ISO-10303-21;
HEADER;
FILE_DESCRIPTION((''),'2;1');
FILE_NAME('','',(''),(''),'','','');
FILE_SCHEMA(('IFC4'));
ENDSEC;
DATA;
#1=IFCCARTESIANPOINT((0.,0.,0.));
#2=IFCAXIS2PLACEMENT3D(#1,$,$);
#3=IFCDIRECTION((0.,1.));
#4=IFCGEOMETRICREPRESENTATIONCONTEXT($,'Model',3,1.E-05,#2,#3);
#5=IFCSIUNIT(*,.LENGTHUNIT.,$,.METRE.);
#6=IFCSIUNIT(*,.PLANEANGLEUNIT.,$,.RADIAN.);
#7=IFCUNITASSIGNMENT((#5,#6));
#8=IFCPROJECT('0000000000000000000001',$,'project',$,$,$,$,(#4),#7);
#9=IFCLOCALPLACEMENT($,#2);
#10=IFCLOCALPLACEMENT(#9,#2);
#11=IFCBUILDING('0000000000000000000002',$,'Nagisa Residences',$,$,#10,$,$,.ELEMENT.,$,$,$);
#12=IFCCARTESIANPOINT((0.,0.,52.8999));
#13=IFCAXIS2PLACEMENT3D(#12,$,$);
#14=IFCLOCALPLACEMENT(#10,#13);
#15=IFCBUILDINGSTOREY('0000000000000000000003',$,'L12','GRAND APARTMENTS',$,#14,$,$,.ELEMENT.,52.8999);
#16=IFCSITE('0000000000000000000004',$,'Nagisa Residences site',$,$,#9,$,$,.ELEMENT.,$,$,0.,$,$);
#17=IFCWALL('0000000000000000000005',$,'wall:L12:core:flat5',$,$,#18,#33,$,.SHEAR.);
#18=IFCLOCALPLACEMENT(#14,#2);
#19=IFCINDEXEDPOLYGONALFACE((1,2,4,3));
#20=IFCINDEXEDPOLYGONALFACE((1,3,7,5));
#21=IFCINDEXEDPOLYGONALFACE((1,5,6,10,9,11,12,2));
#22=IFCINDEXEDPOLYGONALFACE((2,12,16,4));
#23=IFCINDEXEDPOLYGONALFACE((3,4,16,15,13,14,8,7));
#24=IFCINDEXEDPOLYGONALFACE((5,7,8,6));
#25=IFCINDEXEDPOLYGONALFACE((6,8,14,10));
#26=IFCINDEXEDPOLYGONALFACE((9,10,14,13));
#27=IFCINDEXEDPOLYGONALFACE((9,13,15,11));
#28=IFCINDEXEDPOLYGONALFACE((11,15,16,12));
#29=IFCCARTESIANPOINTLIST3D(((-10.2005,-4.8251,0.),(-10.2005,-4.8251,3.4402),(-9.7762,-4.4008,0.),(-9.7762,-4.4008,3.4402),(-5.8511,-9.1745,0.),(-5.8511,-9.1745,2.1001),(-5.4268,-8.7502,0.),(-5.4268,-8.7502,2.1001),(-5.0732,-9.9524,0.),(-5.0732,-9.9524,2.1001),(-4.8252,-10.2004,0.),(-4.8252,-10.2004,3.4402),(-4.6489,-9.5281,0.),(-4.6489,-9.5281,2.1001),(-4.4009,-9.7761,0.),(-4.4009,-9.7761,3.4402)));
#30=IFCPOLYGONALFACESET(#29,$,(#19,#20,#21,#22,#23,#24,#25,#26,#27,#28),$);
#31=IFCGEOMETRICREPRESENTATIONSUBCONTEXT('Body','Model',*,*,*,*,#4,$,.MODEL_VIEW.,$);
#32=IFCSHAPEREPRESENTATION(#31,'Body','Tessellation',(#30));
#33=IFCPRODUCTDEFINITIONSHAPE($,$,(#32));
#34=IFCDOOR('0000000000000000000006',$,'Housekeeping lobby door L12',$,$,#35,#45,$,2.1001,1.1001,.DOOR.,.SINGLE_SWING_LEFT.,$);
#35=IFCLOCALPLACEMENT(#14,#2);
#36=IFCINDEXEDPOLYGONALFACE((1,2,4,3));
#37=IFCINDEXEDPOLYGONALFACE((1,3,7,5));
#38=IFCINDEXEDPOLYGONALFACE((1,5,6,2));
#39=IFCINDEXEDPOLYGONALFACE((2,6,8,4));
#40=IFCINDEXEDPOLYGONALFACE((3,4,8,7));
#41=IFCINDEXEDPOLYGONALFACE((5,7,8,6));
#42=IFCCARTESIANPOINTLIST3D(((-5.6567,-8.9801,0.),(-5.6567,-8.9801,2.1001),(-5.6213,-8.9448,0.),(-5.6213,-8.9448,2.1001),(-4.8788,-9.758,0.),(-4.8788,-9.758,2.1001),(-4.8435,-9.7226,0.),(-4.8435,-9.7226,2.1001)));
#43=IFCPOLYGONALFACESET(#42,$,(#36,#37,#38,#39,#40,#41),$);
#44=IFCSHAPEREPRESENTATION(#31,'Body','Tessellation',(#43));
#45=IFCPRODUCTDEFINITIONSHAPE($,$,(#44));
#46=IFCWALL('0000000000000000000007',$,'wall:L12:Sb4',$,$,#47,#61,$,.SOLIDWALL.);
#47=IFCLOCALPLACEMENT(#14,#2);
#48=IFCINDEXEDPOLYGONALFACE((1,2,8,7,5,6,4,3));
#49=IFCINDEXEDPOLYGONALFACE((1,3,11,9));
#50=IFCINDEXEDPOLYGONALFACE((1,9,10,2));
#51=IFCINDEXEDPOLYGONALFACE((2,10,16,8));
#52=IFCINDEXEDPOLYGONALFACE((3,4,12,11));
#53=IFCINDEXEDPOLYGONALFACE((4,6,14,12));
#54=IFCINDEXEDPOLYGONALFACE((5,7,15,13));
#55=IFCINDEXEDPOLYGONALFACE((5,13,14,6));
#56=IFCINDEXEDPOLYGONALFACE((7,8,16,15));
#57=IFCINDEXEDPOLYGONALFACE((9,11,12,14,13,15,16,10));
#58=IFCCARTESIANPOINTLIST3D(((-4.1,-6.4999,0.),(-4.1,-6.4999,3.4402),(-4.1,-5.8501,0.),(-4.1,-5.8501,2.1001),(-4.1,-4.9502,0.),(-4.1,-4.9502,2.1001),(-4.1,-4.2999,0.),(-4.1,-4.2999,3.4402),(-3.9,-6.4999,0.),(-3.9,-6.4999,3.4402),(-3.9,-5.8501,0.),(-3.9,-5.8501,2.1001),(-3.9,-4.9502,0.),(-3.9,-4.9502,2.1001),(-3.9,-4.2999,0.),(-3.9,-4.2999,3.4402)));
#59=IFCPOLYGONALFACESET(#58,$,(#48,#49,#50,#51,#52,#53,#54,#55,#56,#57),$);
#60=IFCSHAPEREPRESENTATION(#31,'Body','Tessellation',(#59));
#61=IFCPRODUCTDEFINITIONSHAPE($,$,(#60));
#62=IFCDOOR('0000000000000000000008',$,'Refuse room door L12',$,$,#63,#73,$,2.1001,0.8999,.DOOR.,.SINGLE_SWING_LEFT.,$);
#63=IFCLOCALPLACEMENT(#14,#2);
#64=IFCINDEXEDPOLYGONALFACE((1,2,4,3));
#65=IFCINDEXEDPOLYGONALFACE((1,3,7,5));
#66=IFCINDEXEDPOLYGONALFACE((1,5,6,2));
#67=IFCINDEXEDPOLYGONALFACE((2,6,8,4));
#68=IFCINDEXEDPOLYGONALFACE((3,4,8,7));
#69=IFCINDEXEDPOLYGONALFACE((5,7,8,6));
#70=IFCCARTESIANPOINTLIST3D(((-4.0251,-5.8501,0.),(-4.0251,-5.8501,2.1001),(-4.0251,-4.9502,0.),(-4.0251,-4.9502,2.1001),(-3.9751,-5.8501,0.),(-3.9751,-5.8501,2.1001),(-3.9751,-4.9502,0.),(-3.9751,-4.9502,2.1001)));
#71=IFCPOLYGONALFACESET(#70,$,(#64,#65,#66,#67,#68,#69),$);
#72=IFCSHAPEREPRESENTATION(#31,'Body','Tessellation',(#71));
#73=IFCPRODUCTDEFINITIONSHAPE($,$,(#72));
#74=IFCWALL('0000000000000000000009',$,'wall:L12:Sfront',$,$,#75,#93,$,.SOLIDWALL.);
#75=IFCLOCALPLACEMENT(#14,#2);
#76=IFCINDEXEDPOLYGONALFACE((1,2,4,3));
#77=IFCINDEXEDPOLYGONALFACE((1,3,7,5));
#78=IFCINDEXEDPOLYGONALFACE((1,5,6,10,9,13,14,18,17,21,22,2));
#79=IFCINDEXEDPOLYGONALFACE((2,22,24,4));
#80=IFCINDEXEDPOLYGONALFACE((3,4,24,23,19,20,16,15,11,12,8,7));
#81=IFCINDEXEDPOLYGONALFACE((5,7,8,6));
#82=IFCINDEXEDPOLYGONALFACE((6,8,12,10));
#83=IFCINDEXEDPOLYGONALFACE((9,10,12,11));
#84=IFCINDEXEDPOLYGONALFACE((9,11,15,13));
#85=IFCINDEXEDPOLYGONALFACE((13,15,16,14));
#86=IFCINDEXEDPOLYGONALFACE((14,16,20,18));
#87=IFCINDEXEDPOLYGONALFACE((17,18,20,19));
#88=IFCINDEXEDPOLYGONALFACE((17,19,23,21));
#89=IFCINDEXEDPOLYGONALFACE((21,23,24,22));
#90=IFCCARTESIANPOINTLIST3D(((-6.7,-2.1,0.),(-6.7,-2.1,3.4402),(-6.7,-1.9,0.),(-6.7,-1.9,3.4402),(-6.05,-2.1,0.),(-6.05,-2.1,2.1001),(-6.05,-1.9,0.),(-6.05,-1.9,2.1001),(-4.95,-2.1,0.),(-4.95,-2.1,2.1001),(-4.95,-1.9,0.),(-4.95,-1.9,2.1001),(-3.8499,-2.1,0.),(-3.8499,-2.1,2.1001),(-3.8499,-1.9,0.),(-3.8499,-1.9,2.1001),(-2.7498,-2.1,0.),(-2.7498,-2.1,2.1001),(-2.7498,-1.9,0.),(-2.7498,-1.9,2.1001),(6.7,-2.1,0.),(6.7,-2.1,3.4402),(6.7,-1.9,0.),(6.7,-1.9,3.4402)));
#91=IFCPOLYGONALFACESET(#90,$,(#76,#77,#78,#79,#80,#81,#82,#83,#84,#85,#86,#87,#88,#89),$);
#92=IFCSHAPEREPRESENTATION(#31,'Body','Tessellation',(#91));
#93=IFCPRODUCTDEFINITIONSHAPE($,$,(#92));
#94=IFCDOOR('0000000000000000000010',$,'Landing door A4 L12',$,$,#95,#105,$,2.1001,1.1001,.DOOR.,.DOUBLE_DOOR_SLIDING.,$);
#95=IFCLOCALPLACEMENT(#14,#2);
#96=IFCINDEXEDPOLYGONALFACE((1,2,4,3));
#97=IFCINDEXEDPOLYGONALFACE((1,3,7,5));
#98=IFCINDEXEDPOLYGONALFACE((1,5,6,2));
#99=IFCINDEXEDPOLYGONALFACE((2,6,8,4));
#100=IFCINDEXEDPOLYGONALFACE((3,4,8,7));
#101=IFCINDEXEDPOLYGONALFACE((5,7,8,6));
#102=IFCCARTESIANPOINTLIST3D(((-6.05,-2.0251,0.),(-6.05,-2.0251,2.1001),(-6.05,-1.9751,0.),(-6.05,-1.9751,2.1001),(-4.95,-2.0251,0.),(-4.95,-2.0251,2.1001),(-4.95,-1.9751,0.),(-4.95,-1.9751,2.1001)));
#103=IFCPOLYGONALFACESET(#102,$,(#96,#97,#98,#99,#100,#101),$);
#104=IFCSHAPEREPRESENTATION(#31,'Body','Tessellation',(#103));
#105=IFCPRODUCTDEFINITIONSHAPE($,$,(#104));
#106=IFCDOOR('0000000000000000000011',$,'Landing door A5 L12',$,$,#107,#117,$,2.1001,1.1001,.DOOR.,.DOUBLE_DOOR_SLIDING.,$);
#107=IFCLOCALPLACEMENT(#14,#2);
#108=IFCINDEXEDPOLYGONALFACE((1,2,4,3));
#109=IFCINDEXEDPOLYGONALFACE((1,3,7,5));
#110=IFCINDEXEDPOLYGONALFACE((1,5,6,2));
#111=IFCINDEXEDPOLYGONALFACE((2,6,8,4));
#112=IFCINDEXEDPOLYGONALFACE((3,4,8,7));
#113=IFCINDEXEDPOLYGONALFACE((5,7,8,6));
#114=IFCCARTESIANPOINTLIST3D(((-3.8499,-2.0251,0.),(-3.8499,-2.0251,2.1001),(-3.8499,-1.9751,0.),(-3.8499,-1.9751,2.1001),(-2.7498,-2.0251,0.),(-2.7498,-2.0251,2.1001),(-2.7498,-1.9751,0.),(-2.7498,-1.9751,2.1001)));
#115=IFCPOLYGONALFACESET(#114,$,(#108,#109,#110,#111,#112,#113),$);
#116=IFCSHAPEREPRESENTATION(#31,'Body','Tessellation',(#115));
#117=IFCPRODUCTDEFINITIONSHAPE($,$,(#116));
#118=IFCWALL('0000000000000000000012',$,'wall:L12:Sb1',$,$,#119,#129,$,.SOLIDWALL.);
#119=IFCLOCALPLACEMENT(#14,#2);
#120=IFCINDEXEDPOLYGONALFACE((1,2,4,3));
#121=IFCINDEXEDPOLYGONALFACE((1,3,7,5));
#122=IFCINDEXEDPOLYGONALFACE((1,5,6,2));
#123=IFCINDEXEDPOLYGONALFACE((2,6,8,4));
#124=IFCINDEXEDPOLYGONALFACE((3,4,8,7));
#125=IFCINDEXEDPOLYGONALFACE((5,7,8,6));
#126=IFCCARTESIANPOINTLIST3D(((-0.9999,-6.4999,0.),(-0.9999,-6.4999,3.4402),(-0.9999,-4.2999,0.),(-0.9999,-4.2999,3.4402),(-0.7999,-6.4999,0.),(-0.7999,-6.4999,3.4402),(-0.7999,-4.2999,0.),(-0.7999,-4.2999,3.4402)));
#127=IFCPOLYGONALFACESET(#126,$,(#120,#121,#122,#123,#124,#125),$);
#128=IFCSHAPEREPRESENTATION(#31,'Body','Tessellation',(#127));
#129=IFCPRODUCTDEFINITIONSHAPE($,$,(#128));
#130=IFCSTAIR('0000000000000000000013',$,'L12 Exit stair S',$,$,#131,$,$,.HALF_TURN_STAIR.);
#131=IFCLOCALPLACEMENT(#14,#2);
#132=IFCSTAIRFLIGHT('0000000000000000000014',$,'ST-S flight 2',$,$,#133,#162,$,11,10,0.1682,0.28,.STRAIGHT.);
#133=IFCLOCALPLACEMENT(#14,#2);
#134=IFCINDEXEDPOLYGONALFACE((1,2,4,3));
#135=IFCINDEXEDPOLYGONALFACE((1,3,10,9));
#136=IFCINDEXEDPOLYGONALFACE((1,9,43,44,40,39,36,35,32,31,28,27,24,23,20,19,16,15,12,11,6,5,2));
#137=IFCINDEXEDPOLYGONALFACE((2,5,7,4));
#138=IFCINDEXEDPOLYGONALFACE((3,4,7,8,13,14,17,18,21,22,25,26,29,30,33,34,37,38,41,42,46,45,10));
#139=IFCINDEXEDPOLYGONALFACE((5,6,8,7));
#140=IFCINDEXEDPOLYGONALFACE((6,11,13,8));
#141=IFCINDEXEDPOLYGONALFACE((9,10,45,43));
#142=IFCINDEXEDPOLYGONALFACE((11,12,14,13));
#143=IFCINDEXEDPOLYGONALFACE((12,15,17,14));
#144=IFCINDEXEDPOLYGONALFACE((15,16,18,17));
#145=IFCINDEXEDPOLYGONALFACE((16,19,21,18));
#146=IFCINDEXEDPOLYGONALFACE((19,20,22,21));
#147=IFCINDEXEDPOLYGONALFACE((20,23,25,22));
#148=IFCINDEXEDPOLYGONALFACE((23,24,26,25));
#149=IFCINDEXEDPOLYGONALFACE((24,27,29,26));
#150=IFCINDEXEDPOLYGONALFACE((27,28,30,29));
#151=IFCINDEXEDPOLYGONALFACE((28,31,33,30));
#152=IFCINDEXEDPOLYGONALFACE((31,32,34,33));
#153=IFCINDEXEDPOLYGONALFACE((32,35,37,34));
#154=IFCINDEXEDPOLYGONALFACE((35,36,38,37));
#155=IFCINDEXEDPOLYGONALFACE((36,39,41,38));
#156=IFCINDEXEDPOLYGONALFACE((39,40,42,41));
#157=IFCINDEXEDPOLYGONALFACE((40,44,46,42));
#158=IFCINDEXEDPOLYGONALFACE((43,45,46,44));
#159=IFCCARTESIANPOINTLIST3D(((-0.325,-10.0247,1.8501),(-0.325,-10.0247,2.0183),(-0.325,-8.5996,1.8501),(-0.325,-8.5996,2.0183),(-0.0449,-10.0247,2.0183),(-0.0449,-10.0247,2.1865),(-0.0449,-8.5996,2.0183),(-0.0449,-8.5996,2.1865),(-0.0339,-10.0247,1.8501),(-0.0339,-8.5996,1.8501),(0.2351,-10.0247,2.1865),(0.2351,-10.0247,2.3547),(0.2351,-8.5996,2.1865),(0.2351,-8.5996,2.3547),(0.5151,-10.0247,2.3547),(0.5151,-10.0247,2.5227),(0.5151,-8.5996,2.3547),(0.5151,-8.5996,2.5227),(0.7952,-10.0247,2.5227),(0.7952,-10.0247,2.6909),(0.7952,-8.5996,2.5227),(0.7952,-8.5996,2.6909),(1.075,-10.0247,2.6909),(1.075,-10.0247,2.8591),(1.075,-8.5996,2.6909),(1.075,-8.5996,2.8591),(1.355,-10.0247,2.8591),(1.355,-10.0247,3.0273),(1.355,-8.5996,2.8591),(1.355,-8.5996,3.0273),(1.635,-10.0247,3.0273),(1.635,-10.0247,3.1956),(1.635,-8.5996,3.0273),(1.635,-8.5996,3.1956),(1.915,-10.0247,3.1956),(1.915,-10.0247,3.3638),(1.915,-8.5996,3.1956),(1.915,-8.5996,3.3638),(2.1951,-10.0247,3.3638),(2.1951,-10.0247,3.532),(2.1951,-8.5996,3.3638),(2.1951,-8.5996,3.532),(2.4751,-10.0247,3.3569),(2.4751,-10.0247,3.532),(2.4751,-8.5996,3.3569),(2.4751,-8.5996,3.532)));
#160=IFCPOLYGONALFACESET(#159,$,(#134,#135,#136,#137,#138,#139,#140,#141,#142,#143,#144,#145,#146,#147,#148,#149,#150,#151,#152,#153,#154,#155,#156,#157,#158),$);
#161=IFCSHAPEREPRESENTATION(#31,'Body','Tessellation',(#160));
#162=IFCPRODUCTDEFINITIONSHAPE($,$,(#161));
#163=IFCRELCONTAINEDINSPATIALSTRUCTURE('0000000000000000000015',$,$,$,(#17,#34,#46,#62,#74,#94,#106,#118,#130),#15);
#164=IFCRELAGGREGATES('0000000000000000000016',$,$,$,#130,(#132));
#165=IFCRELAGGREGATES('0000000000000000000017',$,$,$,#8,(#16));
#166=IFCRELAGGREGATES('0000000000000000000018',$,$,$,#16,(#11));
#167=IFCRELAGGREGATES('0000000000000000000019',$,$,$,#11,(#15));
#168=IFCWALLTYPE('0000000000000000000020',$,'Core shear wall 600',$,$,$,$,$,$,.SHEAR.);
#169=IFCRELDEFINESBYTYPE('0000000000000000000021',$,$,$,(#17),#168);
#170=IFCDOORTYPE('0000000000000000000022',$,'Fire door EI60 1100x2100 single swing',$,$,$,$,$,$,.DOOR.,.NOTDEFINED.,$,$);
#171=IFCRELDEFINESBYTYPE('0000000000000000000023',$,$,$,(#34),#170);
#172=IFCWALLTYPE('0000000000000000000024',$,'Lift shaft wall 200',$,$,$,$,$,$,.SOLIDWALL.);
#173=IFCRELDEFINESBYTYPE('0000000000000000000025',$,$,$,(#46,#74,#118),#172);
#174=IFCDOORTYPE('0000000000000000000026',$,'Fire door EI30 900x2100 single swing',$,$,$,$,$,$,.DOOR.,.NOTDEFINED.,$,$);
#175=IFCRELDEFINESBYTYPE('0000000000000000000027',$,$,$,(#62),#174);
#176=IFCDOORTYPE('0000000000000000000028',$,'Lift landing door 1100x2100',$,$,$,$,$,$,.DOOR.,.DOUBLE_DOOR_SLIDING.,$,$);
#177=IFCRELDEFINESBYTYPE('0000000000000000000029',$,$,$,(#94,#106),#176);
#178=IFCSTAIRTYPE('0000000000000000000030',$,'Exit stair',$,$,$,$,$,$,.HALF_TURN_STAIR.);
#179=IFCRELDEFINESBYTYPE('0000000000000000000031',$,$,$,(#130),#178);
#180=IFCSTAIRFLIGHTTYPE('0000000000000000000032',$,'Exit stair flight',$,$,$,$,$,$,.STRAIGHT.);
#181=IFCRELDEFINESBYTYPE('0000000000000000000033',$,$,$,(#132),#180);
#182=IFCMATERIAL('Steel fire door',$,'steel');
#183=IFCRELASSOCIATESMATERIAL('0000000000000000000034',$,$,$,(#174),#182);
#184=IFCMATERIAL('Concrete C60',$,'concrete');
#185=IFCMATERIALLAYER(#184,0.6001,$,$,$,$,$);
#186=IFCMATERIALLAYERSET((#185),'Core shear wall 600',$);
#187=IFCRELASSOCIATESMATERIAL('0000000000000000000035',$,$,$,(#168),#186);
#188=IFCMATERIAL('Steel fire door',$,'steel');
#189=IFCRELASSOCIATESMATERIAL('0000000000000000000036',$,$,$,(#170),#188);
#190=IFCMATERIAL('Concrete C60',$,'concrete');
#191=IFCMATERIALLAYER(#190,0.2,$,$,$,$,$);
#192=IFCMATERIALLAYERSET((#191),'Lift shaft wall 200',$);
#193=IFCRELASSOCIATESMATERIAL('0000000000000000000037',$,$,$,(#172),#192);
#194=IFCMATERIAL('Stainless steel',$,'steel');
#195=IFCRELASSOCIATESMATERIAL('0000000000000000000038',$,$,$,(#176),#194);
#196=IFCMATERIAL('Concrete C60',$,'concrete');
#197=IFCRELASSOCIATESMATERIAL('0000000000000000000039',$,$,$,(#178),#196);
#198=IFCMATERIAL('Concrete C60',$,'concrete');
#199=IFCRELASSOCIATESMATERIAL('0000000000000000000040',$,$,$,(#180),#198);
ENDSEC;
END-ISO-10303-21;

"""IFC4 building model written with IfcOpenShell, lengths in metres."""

from ifc_helpers import new_model, si_unit, direction, frame, frame_2d, origin, place, context, subcontext, project, spatial, polyline, rectangle, outline, extrude, material, layer, layer_set, type_object, element, fill, aggregate, save


model = new_model("IFC4")

# Units and contexts
model_context = context("Model", 3, precision=1e-05, world=origin(), true_north=direction((0.0, 1.0)))
body_context = subcontext(model_context, "Body", "Model", "MODEL_VIEW")
ifc_project = project(units=[si_unit("LENGTHUNIT", "METRE"), si_unit("PLANEANGLEUNIT", "RADIAN")], contexts=[model_context])

# Site, building, storey
site_placement = place(None, origin())
site = spatial("IfcSite", under=ifc_project, at=site_placement, Name="Nagisa Residences site", CompositionType="ELEMENT", RefElevation=0.0)
building_placement = place(site_placement, origin())
building = spatial("IfcBuilding", under=site, at=building_placement, Name="Nagisa Residences", CompositionType="ELEMENT")
storey_placement = place(building_placement, frame((0.0, 0.0, 52.8999)))
storey = spatial("IfcBuildingStorey", under=building, at=storey_placement, Name="L12", Description="GRAND APARTMENTS", CompositionType="ELEMENT", Elevation=52.8999)

# Shared definitions
ifc_material_1 = material(Name="Steel fire door", Category="steel")
door_type_1 = type_object("IfcDoorType", Name="Fire door EI30 900x2100 single swing", OperationType="NOTDEFINED", PredefinedType="DOOR", material=ifc_material_1)

# Walls, openings, doors
ifc_material_2 = material(Name="Concrete C60", Category="concrete")
ifc_layer_1 = layer(ifc_material_2, 0.6001)
ifc_layer_set_1 = layer_set([ifc_layer_1], Name="Core shear wall 600")
wall_type_1 = type_object("IfcWallType", Name="Core shear wall 600", PredefinedType="SHEAR", material=ifc_layer_set_1)
wall_1_placement = place(storey_placement, frame((-9.9883, -4.613, 0.0), z_axis=(0.0, 0.0, 1.0), x_axis=(0.707107, -0.707107, 0.0)))
wall_1 = element("IfcWall", 1, at=wall_1_placement, inside=storey, type_object=wall_type_1, Name="wall:L12:core:flat5", PredefinedType="SHEAR", context=body_context, shape_type="SweptSolid", body=[
    extrude(rectangle(XDim=7.6018, YDim=0.6001, at=frame_2d((3.8008, 0.0))), origin(), (0.0, 0.0, 1.0), 3.4402),
])
opening_1_placement = place(wall_1_placement, frame((6.1509, 0.0, 0.0)))
opening_1 = element("IfcOpeningElement", 2, at=opening_1_placement, cuts=wall_1, PredefinedType="OPENING", context=body_context, shape_type="SweptSolid", body=[
    extrude(rectangle(XDim=1.1001, YDim=2.1001, at=frame_2d((0.55, 1.05))), frame((0.0, 0.3101, 0.0), z_axis=(0.0, -1.0, 0.0), x_axis=(1.0, 0.0, 0.0)), (0.0, 0.0, 1.0), 0.6201),
])
ifc_material_3 = material(Name="Steel fire door", Category="steel")
door_type_2 = type_object("IfcDoorType", Name="Fire door EI60 1100x2100 single swing", OperationType="NOTDEFINED", PredefinedType="DOOR", material=ifc_material_3)
door_1_placement = place(opening_1_placement, origin())
door_1 = element("IfcDoor", 3, at=door_1_placement, inside=storey, type_object=door_type_2, Name="Housekeeping lobby door L12", OperationType="SINGLE_SWING_LEFT", OverallHeight=2.1001, OverallWidth=1.1001, PredefinedType="DOOR", context=body_context, shape_type="SweptSolid", body=[
    extrude(rectangle(XDim=1.1001, YDim=2.1001, at=frame_2d((0.55, 1.05))), frame((0.0, 0.0249, 0.0), z_axis=(0.0, -1.0, 0.0), x_axis=(1.0, 0.0, 0.0)), (0.0, 0.0, 1.0), 0.05),
])
fill(opening_1, door_1)
ifc_material_4 = material(Name="Concrete C60", Category="concrete")
ifc_layer_2 = layer(ifc_material_4, 0.2)
ifc_layer_set_2 = layer_set([ifc_layer_2], Name="Lift shaft wall 200")
wall_type_2 = type_object("IfcWallType", Name="Lift shaft wall 200", PredefinedType="SOLIDWALL", material=ifc_layer_set_2)
wall_2_placement = place(storey_placement, frame((-4.0, -6.5, 0.0), z_axis=(0.0, 0.0, 1.0), x_axis=(0.0, 1.0, 0.0)))
wall_2 = element("IfcWall", 4, at=wall_2_placement, inside=storey, type_object=wall_type_2, Name="wall:L12:Sb4", PredefinedType="SOLIDWALL", context=body_context, shape_type="SweptSolid", body=[
    extrude(rectangle(XDim=2.2, YDim=0.2, at=frame_2d((1.1001, 0.0))), origin(), (0.0, 0.0, 1.0), 3.4402),
])
opening_2_placement = place(wall_2_placement, frame((0.6499, 0.0, 0.0)))
opening_2 = element("IfcOpeningElement", 5, at=opening_2_placement, cuts=wall_2, PredefinedType="OPENING", context=body_context, shape_type="SweptSolid", body=[
    extrude(rectangle(XDim=0.8999, YDim=2.1001, at=frame_2d((0.45, 1.05))), frame((0.0, 0.1099, 0.0), z_axis=(0.0, -1.0, 0.0), x_axis=(1.0, 0.0, 0.0)), (0.0, 0.0, 1.0), 0.22),
])
door_2_placement = place(opening_2_placement, frame((0.8999, 0.0, 0.0), x_axis=(-1.0, 0.0, 0.0)))
door_2 = element("IfcDoor", 6, at=door_2_placement, inside=storey, type_object=door_type_1, Name="Refuse room door L12", OperationType="SINGLE_SWING_LEFT", OverallHeight=2.1001, OverallWidth=0.8999, PredefinedType="DOOR", context=body_context, shape_type="SweptSolid", body=[
    extrude(rectangle(XDim=0.8999, YDim=2.1001, at=frame_2d((0.45, 1.05))), frame((0.0, 0.0249, 0.0), z_axis=(0.0, -1.0, 0.0), x_axis=(1.0, 0.0, 0.0)), (0.0, 0.0, 1.0), 0.05),
])
fill(opening_2, door_2)

# Wall, openings, doors
wall_3_placement = place(storey_placement, frame((-6.7, -2.0, 0.0), z_axis=(0.0, 0.0, 1.0), x_axis=(1.0, 0.0, 0.0)))
wall_3 = element("IfcWall", 7, at=wall_3_placement, inside=storey, type_object=wall_type_2, Name="wall:L12:Sfront", PredefinedType="SOLIDWALL", context=body_context, shape_type="SweptSolid", body=[
    extrude(rectangle(XDim=13.3999, YDim=0.2, at=frame_2d((6.7, 0.0))), origin(), (0.0, 0.0, 1.0), 3.4402),
])
opening_3_placement = place(wall_3_placement, frame((0.6499, 0.0, 0.0)))
opening_3 = element("IfcOpeningElement", 8, at=opening_3_placement, cuts=wall_3, PredefinedType="OPENING", context=body_context, shape_type="SweptSolid", body=[
    extrude(rectangle(XDim=1.1001, YDim=2.1001, at=frame_2d((0.55, 1.05))), frame((0.0, 0.1099, 0.0), z_axis=(0.0, -1.0, 0.0), x_axis=(1.0, 0.0, 0.0)), (0.0, 0.0, 1.0), 0.22),
])
opening_4_placement = place(wall_3_placement, frame((2.8501, 0.0, 0.0)))
opening_4 = element("IfcOpeningElement", 9, at=opening_4_placement, cuts=wall_3, PredefinedType="OPENING", context=body_context, shape_type="SweptSolid", body=[
    extrude(rectangle(XDim=1.1001, YDim=2.1001, at=frame_2d((0.55, 1.05))), frame((0.0, 0.1099, 0.0), z_axis=(0.0, -1.0, 0.0), x_axis=(1.0, 0.0, 0.0)), (0.0, 0.0, 1.0), 0.22),
])
ifc_material_5 = material(Name="Stainless steel", Category="steel")
door_type_3 = type_object("IfcDoorType", Name="Lift landing door 1100x2100", OperationType="DOUBLE_DOOR_SLIDING", PredefinedType="DOOR", material=ifc_material_5)
door_3_placement = place(opening_3_placement, origin())
door_3 = element("IfcDoor", 10, at=door_3_placement, inside=storey, type_object=door_type_3, Name="Landing door A4 L12", OperationType="DOUBLE_DOOR_SLIDING", OverallHeight=2.1001, OverallWidth=1.1001, PredefinedType="DOOR", context=body_context, shape_type="SweptSolid", body=[
    extrude(rectangle(XDim=1.1001, YDim=2.1001, at=frame_2d((0.55, 1.05))), frame((0.0, 0.0249, 0.0), z_axis=(0.0, -1.0, 0.0), x_axis=(1.0, 0.0, 0.0)), (0.0, 0.0, 1.0), 0.05),
])
fill(opening_3, door_3)
door_4_placement = place(opening_4_placement, origin())
door_4 = element("IfcDoor", 11, at=door_4_placement, inside=storey, type_object=door_type_3, Name="Landing door A5 L12", OperationType="DOUBLE_DOOR_SLIDING", OverallHeight=2.1001, OverallWidth=1.1001, PredefinedType="DOOR", context=body_context, shape_type="SweptSolid", body=[
    extrude(rectangle(XDim=1.1001, YDim=2.1001, at=frame_2d((0.55, 1.05))), frame((0.0, 0.0249, 0.0), z_axis=(0.0, -1.0, 0.0), x_axis=(1.0, 0.0, 0.0)), (0.0, 0.0, 1.0), 0.05),
])
fill(opening_4, door_4)

# Wall
wall_4_placement = place(storey_placement, frame((-0.8999, -6.5, 0.0), z_axis=(0.0, 0.0, 1.0), x_axis=(0.0, 1.0, 0.0)))
element("IfcWall", 12, at=wall_4_placement, inside=storey, type_object=wall_type_2, Name="wall:L12:Sb1", PredefinedType="SOLIDWALL", context=body_context, shape_type="SweptSolid", body=[
    extrude(rectangle(XDim=2.2, YDim=0.2, at=frame_2d((1.1001, 0.0))), origin(), (0.0, 0.0, 1.0), 3.4402),
])

# Stair, stair flight
ifc_material_6 = material(Name="Concrete C60", Category="concrete")
stair_type = type_object("IfcStairType", Name="Exit stair", PredefinedType="HALF_TURN_STAIR", material=ifc_material_6)
stair_placement = place(storey_placement, origin())
stair = element("IfcStair", 13, at=stair_placement, inside=storey, type_object=stair_type, Name="L12 Exit stair S", PredefinedType="HALF_TURN_STAIR")
ifc_material_7 = material(Name="Concrete C60", Category="concrete")
stair_flight_type = type_object("IfcStairFlightType", Name="Exit stair flight", PredefinedType="STRAIGHT", material=ifc_material_7)
stair_flight_placement = place(storey_placement, frame((-0.325, -9.312, 1.8501), z_axis=(0.0, 0.0, 1.0), x_axis=(1.0, 0.0, 0.0)))
stair_flight = element("IfcStairFlight", 14, at=stair_flight_placement, type_object=stair_flight_type, Name="ST-S flight 2", NumberOfRisers=11, NumberOfTreads=10, PredefinedType="STRAIGHT", RiserHeight=0.1682, TreadLength=0.28, context=body_context, shape_type="SweptSolid", body=[
    extrude(outline(polyline([(0.0, 0.0), (0.0, 0.1682), (0.28, 0.1682), (0.28, 0.3364), (0.5601, 0.3364), (0.5601, 0.5046), (0.8401, 0.5046), (0.8401, 0.6726), (1.1201, 0.6726), (1.1201, 0.8408), (1.3999, 0.8408), (1.3999, 1.009), (1.6799, 1.009), (1.6799, 1.1772), (1.96, 1.1772), (1.96, 1.3455), (2.24, 1.3455), (2.24, 1.5137), (2.52, 1.5137), (2.52, 1.6819), (2.8, 1.6819), (2.8, 1.8501), (2.8, 1.5068), (0.291, 0.0), (0.0, 0.0)])), frame((0.0, 0.7124, 0.0), z_axis=(0.0, -1.0, 0.0), x_axis=(1.0, 0.0, 0.0)), (0.0, 0.0, 1.0), 1.425),
])
aggregate(stair, [stair_flight])

save(model, "model.ifc")
